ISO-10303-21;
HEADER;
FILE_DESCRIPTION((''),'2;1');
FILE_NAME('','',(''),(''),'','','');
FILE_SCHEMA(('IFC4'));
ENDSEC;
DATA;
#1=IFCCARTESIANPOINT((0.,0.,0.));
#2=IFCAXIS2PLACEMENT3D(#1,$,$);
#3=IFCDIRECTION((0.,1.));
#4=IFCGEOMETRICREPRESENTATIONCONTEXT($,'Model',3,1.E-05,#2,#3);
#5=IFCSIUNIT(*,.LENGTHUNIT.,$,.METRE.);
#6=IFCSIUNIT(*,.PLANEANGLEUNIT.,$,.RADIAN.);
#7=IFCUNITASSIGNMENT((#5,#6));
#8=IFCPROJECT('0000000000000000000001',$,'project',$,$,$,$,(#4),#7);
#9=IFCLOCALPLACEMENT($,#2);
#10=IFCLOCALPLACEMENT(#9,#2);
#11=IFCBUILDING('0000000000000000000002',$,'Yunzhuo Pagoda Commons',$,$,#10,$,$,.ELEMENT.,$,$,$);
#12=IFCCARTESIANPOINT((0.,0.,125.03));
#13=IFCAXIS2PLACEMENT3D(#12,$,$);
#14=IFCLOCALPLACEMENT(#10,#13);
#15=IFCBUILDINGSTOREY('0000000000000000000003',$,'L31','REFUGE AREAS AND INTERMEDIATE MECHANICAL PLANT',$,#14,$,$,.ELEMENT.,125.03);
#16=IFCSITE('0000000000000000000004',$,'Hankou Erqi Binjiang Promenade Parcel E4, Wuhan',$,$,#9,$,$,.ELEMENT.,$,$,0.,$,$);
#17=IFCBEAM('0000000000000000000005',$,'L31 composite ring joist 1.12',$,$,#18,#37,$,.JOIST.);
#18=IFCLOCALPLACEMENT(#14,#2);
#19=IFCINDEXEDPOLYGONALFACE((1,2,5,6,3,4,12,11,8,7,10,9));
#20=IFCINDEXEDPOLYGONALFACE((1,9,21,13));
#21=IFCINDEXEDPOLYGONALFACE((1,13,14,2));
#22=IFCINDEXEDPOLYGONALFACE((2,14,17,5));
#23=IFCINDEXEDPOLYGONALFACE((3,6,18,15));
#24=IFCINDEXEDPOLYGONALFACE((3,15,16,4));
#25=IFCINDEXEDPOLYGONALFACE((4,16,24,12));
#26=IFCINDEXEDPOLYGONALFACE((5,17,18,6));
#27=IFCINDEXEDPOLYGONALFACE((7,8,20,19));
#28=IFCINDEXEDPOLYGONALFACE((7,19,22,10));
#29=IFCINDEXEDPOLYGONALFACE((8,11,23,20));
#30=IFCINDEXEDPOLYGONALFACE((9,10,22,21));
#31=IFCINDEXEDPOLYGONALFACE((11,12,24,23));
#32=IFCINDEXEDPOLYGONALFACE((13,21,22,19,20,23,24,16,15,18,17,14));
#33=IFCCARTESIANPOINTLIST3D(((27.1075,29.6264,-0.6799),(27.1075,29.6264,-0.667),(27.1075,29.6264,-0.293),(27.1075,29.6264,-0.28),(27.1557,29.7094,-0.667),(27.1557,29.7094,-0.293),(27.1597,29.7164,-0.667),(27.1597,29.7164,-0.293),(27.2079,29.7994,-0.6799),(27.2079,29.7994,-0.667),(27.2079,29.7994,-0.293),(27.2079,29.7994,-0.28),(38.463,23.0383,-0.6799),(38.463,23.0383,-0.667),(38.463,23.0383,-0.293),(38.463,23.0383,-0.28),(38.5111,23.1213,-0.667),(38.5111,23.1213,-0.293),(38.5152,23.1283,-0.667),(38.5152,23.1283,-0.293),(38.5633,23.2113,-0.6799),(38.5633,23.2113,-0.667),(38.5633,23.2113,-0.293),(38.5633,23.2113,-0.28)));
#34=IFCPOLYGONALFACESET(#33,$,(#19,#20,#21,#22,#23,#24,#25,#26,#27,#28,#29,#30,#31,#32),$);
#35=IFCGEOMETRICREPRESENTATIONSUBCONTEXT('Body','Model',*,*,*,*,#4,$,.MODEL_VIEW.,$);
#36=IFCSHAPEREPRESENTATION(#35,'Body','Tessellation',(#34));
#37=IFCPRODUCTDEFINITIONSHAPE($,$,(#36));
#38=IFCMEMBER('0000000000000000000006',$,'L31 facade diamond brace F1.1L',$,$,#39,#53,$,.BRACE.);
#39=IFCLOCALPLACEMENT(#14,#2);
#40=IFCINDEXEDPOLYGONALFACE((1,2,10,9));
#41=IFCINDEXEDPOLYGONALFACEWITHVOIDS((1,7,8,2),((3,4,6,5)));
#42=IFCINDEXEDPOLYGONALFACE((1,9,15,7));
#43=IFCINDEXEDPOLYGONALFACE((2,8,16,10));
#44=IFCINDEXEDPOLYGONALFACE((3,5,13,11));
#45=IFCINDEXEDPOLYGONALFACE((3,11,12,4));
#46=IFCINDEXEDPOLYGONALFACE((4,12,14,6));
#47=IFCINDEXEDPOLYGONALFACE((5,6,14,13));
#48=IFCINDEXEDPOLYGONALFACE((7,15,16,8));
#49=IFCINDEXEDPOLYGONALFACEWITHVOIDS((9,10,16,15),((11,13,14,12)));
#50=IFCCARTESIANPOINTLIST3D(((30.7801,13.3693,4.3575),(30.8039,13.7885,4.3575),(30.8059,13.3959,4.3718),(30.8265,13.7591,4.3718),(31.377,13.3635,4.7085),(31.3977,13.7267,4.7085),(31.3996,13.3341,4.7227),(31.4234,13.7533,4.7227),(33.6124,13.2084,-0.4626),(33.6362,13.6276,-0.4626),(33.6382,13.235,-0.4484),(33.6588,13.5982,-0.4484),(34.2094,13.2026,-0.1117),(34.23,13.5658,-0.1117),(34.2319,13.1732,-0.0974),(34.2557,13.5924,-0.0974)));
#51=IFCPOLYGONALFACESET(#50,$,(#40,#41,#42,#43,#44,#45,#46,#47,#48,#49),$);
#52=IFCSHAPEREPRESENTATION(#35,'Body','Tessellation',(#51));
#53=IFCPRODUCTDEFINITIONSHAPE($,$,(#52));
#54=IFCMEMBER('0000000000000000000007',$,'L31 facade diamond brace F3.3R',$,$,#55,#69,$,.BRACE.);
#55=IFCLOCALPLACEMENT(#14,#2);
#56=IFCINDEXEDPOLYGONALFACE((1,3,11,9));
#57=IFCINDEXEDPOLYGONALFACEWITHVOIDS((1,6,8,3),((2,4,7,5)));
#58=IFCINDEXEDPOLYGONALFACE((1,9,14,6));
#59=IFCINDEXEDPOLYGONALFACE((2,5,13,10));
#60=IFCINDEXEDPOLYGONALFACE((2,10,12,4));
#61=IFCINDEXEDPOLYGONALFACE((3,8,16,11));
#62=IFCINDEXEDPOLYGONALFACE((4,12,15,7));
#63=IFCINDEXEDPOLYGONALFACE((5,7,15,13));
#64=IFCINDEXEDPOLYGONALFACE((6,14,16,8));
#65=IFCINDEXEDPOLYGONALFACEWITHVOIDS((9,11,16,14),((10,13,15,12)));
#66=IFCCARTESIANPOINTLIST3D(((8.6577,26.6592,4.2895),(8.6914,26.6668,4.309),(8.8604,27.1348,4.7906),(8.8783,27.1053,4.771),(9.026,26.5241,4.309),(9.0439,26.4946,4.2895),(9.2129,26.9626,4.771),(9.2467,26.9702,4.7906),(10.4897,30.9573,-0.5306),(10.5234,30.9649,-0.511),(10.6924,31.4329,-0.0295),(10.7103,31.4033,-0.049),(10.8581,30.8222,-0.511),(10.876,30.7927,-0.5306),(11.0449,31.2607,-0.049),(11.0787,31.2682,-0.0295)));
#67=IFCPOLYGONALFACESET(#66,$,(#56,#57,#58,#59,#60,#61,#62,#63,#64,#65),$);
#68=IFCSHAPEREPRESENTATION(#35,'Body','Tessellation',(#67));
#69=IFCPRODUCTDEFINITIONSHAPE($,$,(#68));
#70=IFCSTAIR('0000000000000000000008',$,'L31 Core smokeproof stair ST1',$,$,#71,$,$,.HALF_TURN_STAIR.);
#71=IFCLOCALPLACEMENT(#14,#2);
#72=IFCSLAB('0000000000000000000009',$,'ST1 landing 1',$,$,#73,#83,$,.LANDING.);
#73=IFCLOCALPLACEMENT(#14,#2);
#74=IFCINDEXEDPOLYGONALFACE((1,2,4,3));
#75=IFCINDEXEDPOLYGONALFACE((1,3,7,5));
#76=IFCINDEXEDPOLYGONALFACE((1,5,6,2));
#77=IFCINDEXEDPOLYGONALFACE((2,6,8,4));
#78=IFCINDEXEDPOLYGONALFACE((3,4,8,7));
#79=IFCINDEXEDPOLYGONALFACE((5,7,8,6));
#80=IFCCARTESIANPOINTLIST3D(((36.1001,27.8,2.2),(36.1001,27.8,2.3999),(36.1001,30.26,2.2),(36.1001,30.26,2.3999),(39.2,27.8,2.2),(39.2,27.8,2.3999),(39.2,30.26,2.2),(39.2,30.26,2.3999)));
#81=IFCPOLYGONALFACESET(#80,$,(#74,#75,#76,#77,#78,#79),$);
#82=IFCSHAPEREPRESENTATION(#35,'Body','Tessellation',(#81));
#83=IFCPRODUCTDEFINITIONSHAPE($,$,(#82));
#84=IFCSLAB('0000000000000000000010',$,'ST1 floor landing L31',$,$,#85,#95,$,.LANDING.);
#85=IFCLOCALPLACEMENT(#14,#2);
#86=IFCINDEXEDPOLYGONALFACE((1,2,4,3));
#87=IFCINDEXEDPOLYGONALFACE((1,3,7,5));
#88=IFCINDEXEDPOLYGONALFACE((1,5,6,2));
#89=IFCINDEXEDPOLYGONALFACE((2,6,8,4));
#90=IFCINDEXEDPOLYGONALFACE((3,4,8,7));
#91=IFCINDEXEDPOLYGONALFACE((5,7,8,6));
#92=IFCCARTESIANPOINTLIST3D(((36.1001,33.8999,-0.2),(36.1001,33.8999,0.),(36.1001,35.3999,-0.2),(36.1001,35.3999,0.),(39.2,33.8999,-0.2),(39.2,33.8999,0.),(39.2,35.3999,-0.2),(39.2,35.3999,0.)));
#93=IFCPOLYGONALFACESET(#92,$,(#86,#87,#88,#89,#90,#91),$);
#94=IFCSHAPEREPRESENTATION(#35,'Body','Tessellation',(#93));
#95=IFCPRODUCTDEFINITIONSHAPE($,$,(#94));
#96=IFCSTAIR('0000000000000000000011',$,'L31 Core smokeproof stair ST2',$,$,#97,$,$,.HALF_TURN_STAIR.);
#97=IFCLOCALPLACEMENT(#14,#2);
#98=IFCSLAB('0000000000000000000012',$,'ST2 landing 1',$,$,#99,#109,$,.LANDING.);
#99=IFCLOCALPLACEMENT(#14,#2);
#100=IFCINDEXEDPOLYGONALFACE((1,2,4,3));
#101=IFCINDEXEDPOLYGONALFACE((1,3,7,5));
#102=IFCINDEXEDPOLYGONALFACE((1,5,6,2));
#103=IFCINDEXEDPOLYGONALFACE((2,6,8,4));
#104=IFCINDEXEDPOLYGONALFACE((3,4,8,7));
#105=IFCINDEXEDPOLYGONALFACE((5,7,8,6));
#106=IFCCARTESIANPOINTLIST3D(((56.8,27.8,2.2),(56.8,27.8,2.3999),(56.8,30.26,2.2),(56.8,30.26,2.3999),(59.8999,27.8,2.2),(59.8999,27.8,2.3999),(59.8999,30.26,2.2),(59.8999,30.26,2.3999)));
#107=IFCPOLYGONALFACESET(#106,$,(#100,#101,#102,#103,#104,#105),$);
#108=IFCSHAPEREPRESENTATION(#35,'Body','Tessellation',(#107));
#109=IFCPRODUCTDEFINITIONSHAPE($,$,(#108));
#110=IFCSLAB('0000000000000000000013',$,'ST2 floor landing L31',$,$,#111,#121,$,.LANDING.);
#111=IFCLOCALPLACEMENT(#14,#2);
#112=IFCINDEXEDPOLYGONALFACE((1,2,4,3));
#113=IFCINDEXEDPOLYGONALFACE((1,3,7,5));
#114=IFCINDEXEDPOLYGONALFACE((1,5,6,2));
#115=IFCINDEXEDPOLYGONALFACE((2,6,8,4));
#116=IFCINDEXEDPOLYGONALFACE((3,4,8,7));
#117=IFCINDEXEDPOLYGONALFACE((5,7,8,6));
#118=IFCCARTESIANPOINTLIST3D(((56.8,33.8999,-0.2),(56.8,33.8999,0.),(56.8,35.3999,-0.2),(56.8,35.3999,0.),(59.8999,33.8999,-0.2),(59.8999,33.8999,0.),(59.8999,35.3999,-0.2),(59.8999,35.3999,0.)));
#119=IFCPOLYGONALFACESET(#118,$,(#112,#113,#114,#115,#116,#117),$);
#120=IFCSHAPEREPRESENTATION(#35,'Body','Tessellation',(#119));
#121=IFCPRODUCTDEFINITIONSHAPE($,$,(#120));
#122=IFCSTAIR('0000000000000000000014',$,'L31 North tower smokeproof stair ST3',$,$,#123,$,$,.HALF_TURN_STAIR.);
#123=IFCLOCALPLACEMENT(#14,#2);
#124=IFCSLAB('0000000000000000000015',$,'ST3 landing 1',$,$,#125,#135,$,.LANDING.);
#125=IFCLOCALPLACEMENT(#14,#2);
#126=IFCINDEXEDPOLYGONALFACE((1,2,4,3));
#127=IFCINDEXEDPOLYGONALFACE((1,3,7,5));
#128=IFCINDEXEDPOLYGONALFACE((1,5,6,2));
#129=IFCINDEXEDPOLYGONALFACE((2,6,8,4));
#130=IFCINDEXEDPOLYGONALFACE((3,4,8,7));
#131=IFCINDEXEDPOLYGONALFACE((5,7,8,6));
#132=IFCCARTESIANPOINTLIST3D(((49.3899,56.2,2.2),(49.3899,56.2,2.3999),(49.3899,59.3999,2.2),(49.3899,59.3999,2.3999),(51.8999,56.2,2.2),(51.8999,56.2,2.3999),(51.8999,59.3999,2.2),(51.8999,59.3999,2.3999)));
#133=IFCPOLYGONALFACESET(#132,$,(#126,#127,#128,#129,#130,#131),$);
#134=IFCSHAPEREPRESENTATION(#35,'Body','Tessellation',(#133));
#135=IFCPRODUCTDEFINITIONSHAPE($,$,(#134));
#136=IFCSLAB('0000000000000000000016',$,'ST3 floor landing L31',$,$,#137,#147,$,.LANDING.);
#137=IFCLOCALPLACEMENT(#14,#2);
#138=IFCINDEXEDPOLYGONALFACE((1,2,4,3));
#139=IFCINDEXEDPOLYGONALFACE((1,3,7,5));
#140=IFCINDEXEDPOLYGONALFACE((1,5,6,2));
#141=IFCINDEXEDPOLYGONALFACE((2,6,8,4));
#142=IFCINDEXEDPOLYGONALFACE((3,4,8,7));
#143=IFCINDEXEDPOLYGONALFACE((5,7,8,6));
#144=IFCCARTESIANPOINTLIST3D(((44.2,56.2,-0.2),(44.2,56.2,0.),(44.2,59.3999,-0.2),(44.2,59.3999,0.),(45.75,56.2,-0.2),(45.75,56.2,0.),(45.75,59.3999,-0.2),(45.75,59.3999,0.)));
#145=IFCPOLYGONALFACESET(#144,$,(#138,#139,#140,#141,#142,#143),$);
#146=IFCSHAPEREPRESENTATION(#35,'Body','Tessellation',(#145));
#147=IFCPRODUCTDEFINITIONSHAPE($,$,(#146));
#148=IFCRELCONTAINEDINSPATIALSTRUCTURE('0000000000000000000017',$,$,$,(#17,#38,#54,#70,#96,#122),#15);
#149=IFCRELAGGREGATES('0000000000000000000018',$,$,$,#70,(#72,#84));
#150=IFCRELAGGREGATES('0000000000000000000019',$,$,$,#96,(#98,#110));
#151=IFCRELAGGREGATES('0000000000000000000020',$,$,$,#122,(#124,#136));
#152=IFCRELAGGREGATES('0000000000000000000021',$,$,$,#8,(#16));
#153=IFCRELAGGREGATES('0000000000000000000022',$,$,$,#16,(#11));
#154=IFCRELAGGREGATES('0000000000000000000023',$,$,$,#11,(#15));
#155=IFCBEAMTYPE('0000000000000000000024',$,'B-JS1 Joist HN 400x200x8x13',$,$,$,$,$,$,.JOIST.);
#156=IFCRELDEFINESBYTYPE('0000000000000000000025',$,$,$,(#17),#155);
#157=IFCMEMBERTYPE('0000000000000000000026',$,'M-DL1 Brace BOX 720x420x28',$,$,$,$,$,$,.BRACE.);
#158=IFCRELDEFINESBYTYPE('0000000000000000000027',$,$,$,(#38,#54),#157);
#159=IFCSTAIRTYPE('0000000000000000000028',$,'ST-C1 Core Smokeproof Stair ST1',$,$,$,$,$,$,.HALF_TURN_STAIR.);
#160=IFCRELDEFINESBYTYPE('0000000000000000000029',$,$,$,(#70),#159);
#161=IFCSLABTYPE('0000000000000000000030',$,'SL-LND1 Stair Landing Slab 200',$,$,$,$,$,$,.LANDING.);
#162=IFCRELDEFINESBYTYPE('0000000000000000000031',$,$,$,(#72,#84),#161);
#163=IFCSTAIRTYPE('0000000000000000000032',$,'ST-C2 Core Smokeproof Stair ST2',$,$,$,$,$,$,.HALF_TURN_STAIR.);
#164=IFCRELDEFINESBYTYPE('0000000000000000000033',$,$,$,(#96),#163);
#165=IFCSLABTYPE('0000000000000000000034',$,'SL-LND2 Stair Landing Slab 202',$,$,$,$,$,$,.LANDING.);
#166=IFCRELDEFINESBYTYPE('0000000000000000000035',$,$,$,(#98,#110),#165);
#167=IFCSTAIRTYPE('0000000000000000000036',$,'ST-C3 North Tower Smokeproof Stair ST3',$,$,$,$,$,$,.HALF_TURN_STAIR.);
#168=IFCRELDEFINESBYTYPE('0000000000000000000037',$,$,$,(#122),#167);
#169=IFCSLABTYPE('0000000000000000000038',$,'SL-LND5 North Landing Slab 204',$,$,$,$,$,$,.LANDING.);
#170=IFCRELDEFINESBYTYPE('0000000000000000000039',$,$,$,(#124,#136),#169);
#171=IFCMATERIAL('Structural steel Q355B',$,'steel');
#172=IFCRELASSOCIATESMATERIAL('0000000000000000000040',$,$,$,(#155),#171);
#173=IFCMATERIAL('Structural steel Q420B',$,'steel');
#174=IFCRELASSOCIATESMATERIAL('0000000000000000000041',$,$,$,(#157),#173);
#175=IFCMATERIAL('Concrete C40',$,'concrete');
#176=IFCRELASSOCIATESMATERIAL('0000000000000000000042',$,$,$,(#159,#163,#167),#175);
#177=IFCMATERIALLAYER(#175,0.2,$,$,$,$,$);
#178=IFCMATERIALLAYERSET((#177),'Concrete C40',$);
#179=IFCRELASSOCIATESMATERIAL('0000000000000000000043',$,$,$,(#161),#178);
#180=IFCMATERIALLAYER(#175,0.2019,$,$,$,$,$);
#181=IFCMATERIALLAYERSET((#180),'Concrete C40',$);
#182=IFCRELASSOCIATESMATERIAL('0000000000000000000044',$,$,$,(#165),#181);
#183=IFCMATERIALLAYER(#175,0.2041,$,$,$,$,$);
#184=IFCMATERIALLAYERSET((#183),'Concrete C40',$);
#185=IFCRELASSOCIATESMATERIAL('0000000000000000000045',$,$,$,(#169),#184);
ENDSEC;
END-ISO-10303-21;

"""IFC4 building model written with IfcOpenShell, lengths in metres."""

from ifc_helpers import new_model, si_unit, direction, frame, origin, origin_2d, place, context, subcontext, project, spatial, polyline, hollow_rectangle, i_section, outline, extrude, source, transform, mapped, material, layer, layer_set, material_profile, profile_set, type_object, element, aggregate, save


model = new_model("IFC4")

# Units and contexts
model_context = context("Model", 3, precision=1e-05, world=origin(), true_north=direction((0.0, 1.0)))
body_context = subcontext(model_context, "Body", "Model", "MODEL_VIEW")
ifc_project = project(units=[si_unit("LENGTHUNIT", "METRE"), si_unit("PLANEANGLEUNIT", "RADIAN")], contexts=[model_context])

# Site, building, storey
site_placement = place(None, origin())
site = spatial("IfcSite", under=ifc_project, at=site_placement, Name="Hankou Erqi Binjiang Promenade Parcel E4, Wuhan", CompositionType="ELEMENT", RefElevation=0.0)
building_placement = place(site_placement, origin())
building = spatial("IfcBuilding", under=site, at=building_placement, Name="Yunzhuo Pagoda Commons", CompositionType="ELEMENT")
storey_placement = place(building_placement, frame((0.0, 0.0, 125.03)))
storey = spatial("IfcBuildingStorey", under=building, at=storey_placement, Name="L31", Description="REFUGE AREAS AND INTERMEDIATE MECHANICAL PLANT", CompositionType="ELEMENT", Elevation=125.03)

# Shared definitions
ifc_material_1 = material(Name="Structural steel Q420B", Category="steel")

# Beam
ifc_material_2 = material(Name="Structural steel Q355B", Category="steel")
ifc_material_profile_1 = material_profile(ifc_material_2, i_section(OverallWidth=0.2, OverallDepth=0.3999, WebThickness=0.0081, FlangeThickness=0.0129, at=origin_2d()), Name="Structural steel Q355B")
ifc_profile_set_1 = profile_set([ifc_material_profile_1], Name="Structural steel Q355B")
beam_type_1 = type_object("IfcBeamType", Name="B-JS1 Joist HN 400x200x8x13", PredefinedType="JOIST", material=ifc_profile_set_1)
shared_shape_1 = source(origin(), body_context, "Body", "SweptSolid", [
    extrude(i_section(OverallWidth=0.2, OverallDepth=0.3999, WebThickness=0.0081, FlangeThickness=0.0129, at=origin_2d()), origin(), (0.0, 0.0, 1.0), 13.1282),
])
beam_1_placement = place(storey_placement, frame((27.1577, 29.7129, -0.48), z_axis=(0.864966, -0.50183, 0.0), x_axis=(0.50183, 0.864966, 0.0)))
element("IfcBeam", 1, at=beam_1_placement, inside=storey, type_object=beam_type_1, Name="L31 composite ring joist 1.12", PredefinedType="JOIST", context=body_context, shape_type="MappedRepresentation", body=[
    mapped(shared_shape_1, transform((0.0, 0.0, 0.0), scale=1.0)),
])

# Members
ifc_material_profile_2 = material_profile(ifc_material_1, hollow_rectangle(XDim=0.4199, YDim=0.72, WallThickness=0.0281, at=origin_2d()), Name="Structural steel Q420B")
ifc_profile_set_2 = profile_set([ifc_material_profile_2], Name="Structural steel Q420B")
member_type = type_object("IfcMemberType", Name="M-DL1 Brace BOX 720x420x28", PredefinedType="BRACE", material=ifc_profile_set_2)
shared_shape_2 = source(origin(), body_context, "Body", "SweptSolid", [
    extrude(hollow_rectangle(XDim=0.4199, YDim=0.72, WallThickness=0.0281, at=origin_2d()), origin(), (0.0, 0.0, 1.0), 5.593),
])
member_1_placement = place(storey_placement, frame((33.9341, 13.4004, -0.28), z_axis=(-0.506404, 0.028767, 0.861816), x_axis=(-0.056714, -0.99839, 0.0)))
element("IfcMember", 2, at=member_1_placement, inside=storey, type_object=member_type, Name="L31 facade diamond brace F1.1L", PredefinedType="BRACE", context=body_context, shape_type="MappedRepresentation", body=[
    mapped(shared_shape_2, transform((0.0, 0.0, 0.0), scale=1.0)),
])
shared_shape_3 = source(origin(), body_context, "Body", "SweptSolid", [
    extrude(hollow_rectangle(XDim=0.4199, YDim=0.72, WallThickness=0.0281, at=origin_2d()), origin(), (0.0, 0.0, 1.0), 6.7129),
])
member_2_placement = place(storey_placement, frame((10.7842, 31.1128, -0.28), z_axis=(-0.272912, -0.640274, 0.718031), x_axis=(0.919919, -0.392109, 0.0)))
element("IfcMember", 3, at=member_2_placement, inside=storey, type_object=member_type, Name="L31 facade diamond brace F3.3R", PredefinedType="BRACE", context=body_context, shape_type="MappedRepresentation", body=[
    mapped(shared_shape_3, transform((0.0, 0.0, 0.0), scale=1.0)),
])

# Stairs, slabs
ifc_material_3 = material(Name="Concrete C40", Category="concrete")
stair_type_1 = type_object("IfcStairType", Name="ST-C1 Core Smokeproof Stair ST1", PredefinedType="HALF_TURN_STAIR", material=ifc_material_3)
stair_1_placement = place(storey_placement, origin())
stair_1 = element("IfcStair", 4, at=stair_1_placement, inside=storey, type_object=stair_type_1, Name="L31 Core smokeproof stair ST1", PredefinedType="HALF_TURN_STAIR")
ifc_layer_1 = layer(ifc_material_3, 0.2)
ifc_layer_set_1 = layer_set([ifc_layer_1], Name="Concrete C40")
slab_type_1 = type_object("IfcSlabType", Name="SL-LND1 Stair Landing Slab 200", PredefinedType="LANDING", material=ifc_layer_set_1)
slab_1_placement = place(storey_placement, frame((0.0, 0.0, 2.2)))
slab_1 = element("IfcSlab", 5, at=slab_1_placement, type_object=slab_type_1, Name="ST1 landing 1", PredefinedType="LANDING", context=body_context, shape_type="SweptSolid", body=[
    extrude(outline(polyline([(36.1001, 30.26), (36.1001, 27.8), (39.2, 27.8), (39.2, 30.26), (36.1001, 30.26)])), origin(), (0.0, 0.0, 1.0), 0.2),
])
slab_2_placement = place(storey_placement, frame((0.0, 0.0, -0.2)))
slab_2 = element("IfcSlab", 6, at=slab_2_placement, type_object=slab_type_1, Name="ST1 floor landing L31", PredefinedType="LANDING", context=body_context, shape_type="SweptSolid", body=[
    extrude(outline(polyline([(36.1001, 35.3999), (36.1001, 33.8999), (39.2, 33.8999), (39.2, 35.3999), (36.1001, 35.3999)])), origin(), (0.0, 0.0, 1.0), 0.2),
])
aggregate(stair_1, [slab_1, slab_2])
stair_type_2 = type_object("IfcStairType", Name="ST-C2 Core Smokeproof Stair ST2", PredefinedType="HALF_TURN_STAIR", material=ifc_material_3)
stair_2_placement = place(storey_placement, origin())
stair_2 = element("IfcStair", 7, at=stair_2_placement, inside=storey, type_object=stair_type_2, Name="L31 Core smokeproof stair ST2", PredefinedType="HALF_TURN_STAIR")
ifc_layer_2 = layer(ifc_material_3, 0.2019)
ifc_layer_set_2 = layer_set([ifc_layer_2], Name="Concrete C40")
slab_type_2 = type_object("IfcSlabType", Name="SL-LND2 Stair Landing Slab 202", PredefinedType="LANDING", material=ifc_layer_set_2)
slab_3_placement = place(storey_placement, frame((0.0, 0.0, 2.2)))
slab_3 = element("IfcSlab", 8, at=slab_3_placement, type_object=slab_type_2, Name="ST2 landing 1", PredefinedType="LANDING", context=body_context, shape_type="SweptSolid", body=[
    extrude(outline(polyline([(56.8, 30.26), (56.8, 27.8), (59.8999, 27.8), (59.8999, 30.26), (56.8, 30.26)])), origin(), (0.0, 0.0, 1.0), 0.2),
])
slab_4_placement = place(storey_placement, frame((0.0, 0.0, -0.2)))
slab_4 = element("IfcSlab", 9, at=slab_4_placement, type_object=slab_type_2, Name="ST2 floor landing L31", PredefinedType="LANDING", context=body_context, shape_type="SweptSolid", body=[
    extrude(outline(polyline([(56.8, 35.3999), (56.8, 33.8999), (59.8999, 33.8999), (59.8999, 35.3999), (56.8, 35.3999)])), origin(), (0.0, 0.0, 1.0), 0.2),
])
aggregate(stair_2, [slab_3, slab_4])
stair_type_3 = type_object("IfcStairType", Name="ST-C3 North Tower Smokeproof Stair ST3", PredefinedType="HALF_TURN_STAIR", material=ifc_material_3)
stair_3_placement = place(storey_placement, origin())
stair_3 = element("IfcStair", 10, at=stair_3_placement, inside=storey, type_object=stair_type_3, Name="L31 North tower smokeproof stair ST3", PredefinedType="HALF_TURN_STAIR")
ifc_layer_3 = layer(ifc_material_3, 0.2041)
ifc_layer_set_3 = layer_set([ifc_layer_3], Name="Concrete C40")
slab_type_3 = type_object("IfcSlabType", Name="SL-LND5 North Landing Slab 204", PredefinedType="LANDING", material=ifc_layer_set_3)
slab_5_placement = place(storey_placement, frame((0.0, 0.0, 2.2)))
slab_5 = element("IfcSlab", 11, at=slab_5_placement, type_object=slab_type_3, Name="ST3 landing 1", PredefinedType="LANDING", context=body_context, shape_type="SweptSolid", body=[
    extrude(outline(polyline([(49.3899, 56.2), (51.8999, 56.2), (51.8999, 59.3999), (49.3899, 59.3999), (49.3899, 56.2)])), origin(), (0.0, 0.0, 1.0), 0.2),
])
slab_6_placement = place(storey_placement, frame((0.0, 0.0, -0.2)))
slab_6 = element("IfcSlab", 12, at=slab_6_placement, type_object=slab_type_3, Name="ST3 floor landing L31", PredefinedType="LANDING", context=body_context, shape_type="SweptSolid", body=[
    extrude(outline(polyline([(44.2, 56.2), (45.75, 56.2), (45.75, 59.3999), (44.2, 59.3999), (44.2, 56.2)])), origin(), (0.0, 0.0, 1.0), 0.2),
])
aggregate(stair_3, [slab_5, slab_6])

save(model, "model.ifc")
